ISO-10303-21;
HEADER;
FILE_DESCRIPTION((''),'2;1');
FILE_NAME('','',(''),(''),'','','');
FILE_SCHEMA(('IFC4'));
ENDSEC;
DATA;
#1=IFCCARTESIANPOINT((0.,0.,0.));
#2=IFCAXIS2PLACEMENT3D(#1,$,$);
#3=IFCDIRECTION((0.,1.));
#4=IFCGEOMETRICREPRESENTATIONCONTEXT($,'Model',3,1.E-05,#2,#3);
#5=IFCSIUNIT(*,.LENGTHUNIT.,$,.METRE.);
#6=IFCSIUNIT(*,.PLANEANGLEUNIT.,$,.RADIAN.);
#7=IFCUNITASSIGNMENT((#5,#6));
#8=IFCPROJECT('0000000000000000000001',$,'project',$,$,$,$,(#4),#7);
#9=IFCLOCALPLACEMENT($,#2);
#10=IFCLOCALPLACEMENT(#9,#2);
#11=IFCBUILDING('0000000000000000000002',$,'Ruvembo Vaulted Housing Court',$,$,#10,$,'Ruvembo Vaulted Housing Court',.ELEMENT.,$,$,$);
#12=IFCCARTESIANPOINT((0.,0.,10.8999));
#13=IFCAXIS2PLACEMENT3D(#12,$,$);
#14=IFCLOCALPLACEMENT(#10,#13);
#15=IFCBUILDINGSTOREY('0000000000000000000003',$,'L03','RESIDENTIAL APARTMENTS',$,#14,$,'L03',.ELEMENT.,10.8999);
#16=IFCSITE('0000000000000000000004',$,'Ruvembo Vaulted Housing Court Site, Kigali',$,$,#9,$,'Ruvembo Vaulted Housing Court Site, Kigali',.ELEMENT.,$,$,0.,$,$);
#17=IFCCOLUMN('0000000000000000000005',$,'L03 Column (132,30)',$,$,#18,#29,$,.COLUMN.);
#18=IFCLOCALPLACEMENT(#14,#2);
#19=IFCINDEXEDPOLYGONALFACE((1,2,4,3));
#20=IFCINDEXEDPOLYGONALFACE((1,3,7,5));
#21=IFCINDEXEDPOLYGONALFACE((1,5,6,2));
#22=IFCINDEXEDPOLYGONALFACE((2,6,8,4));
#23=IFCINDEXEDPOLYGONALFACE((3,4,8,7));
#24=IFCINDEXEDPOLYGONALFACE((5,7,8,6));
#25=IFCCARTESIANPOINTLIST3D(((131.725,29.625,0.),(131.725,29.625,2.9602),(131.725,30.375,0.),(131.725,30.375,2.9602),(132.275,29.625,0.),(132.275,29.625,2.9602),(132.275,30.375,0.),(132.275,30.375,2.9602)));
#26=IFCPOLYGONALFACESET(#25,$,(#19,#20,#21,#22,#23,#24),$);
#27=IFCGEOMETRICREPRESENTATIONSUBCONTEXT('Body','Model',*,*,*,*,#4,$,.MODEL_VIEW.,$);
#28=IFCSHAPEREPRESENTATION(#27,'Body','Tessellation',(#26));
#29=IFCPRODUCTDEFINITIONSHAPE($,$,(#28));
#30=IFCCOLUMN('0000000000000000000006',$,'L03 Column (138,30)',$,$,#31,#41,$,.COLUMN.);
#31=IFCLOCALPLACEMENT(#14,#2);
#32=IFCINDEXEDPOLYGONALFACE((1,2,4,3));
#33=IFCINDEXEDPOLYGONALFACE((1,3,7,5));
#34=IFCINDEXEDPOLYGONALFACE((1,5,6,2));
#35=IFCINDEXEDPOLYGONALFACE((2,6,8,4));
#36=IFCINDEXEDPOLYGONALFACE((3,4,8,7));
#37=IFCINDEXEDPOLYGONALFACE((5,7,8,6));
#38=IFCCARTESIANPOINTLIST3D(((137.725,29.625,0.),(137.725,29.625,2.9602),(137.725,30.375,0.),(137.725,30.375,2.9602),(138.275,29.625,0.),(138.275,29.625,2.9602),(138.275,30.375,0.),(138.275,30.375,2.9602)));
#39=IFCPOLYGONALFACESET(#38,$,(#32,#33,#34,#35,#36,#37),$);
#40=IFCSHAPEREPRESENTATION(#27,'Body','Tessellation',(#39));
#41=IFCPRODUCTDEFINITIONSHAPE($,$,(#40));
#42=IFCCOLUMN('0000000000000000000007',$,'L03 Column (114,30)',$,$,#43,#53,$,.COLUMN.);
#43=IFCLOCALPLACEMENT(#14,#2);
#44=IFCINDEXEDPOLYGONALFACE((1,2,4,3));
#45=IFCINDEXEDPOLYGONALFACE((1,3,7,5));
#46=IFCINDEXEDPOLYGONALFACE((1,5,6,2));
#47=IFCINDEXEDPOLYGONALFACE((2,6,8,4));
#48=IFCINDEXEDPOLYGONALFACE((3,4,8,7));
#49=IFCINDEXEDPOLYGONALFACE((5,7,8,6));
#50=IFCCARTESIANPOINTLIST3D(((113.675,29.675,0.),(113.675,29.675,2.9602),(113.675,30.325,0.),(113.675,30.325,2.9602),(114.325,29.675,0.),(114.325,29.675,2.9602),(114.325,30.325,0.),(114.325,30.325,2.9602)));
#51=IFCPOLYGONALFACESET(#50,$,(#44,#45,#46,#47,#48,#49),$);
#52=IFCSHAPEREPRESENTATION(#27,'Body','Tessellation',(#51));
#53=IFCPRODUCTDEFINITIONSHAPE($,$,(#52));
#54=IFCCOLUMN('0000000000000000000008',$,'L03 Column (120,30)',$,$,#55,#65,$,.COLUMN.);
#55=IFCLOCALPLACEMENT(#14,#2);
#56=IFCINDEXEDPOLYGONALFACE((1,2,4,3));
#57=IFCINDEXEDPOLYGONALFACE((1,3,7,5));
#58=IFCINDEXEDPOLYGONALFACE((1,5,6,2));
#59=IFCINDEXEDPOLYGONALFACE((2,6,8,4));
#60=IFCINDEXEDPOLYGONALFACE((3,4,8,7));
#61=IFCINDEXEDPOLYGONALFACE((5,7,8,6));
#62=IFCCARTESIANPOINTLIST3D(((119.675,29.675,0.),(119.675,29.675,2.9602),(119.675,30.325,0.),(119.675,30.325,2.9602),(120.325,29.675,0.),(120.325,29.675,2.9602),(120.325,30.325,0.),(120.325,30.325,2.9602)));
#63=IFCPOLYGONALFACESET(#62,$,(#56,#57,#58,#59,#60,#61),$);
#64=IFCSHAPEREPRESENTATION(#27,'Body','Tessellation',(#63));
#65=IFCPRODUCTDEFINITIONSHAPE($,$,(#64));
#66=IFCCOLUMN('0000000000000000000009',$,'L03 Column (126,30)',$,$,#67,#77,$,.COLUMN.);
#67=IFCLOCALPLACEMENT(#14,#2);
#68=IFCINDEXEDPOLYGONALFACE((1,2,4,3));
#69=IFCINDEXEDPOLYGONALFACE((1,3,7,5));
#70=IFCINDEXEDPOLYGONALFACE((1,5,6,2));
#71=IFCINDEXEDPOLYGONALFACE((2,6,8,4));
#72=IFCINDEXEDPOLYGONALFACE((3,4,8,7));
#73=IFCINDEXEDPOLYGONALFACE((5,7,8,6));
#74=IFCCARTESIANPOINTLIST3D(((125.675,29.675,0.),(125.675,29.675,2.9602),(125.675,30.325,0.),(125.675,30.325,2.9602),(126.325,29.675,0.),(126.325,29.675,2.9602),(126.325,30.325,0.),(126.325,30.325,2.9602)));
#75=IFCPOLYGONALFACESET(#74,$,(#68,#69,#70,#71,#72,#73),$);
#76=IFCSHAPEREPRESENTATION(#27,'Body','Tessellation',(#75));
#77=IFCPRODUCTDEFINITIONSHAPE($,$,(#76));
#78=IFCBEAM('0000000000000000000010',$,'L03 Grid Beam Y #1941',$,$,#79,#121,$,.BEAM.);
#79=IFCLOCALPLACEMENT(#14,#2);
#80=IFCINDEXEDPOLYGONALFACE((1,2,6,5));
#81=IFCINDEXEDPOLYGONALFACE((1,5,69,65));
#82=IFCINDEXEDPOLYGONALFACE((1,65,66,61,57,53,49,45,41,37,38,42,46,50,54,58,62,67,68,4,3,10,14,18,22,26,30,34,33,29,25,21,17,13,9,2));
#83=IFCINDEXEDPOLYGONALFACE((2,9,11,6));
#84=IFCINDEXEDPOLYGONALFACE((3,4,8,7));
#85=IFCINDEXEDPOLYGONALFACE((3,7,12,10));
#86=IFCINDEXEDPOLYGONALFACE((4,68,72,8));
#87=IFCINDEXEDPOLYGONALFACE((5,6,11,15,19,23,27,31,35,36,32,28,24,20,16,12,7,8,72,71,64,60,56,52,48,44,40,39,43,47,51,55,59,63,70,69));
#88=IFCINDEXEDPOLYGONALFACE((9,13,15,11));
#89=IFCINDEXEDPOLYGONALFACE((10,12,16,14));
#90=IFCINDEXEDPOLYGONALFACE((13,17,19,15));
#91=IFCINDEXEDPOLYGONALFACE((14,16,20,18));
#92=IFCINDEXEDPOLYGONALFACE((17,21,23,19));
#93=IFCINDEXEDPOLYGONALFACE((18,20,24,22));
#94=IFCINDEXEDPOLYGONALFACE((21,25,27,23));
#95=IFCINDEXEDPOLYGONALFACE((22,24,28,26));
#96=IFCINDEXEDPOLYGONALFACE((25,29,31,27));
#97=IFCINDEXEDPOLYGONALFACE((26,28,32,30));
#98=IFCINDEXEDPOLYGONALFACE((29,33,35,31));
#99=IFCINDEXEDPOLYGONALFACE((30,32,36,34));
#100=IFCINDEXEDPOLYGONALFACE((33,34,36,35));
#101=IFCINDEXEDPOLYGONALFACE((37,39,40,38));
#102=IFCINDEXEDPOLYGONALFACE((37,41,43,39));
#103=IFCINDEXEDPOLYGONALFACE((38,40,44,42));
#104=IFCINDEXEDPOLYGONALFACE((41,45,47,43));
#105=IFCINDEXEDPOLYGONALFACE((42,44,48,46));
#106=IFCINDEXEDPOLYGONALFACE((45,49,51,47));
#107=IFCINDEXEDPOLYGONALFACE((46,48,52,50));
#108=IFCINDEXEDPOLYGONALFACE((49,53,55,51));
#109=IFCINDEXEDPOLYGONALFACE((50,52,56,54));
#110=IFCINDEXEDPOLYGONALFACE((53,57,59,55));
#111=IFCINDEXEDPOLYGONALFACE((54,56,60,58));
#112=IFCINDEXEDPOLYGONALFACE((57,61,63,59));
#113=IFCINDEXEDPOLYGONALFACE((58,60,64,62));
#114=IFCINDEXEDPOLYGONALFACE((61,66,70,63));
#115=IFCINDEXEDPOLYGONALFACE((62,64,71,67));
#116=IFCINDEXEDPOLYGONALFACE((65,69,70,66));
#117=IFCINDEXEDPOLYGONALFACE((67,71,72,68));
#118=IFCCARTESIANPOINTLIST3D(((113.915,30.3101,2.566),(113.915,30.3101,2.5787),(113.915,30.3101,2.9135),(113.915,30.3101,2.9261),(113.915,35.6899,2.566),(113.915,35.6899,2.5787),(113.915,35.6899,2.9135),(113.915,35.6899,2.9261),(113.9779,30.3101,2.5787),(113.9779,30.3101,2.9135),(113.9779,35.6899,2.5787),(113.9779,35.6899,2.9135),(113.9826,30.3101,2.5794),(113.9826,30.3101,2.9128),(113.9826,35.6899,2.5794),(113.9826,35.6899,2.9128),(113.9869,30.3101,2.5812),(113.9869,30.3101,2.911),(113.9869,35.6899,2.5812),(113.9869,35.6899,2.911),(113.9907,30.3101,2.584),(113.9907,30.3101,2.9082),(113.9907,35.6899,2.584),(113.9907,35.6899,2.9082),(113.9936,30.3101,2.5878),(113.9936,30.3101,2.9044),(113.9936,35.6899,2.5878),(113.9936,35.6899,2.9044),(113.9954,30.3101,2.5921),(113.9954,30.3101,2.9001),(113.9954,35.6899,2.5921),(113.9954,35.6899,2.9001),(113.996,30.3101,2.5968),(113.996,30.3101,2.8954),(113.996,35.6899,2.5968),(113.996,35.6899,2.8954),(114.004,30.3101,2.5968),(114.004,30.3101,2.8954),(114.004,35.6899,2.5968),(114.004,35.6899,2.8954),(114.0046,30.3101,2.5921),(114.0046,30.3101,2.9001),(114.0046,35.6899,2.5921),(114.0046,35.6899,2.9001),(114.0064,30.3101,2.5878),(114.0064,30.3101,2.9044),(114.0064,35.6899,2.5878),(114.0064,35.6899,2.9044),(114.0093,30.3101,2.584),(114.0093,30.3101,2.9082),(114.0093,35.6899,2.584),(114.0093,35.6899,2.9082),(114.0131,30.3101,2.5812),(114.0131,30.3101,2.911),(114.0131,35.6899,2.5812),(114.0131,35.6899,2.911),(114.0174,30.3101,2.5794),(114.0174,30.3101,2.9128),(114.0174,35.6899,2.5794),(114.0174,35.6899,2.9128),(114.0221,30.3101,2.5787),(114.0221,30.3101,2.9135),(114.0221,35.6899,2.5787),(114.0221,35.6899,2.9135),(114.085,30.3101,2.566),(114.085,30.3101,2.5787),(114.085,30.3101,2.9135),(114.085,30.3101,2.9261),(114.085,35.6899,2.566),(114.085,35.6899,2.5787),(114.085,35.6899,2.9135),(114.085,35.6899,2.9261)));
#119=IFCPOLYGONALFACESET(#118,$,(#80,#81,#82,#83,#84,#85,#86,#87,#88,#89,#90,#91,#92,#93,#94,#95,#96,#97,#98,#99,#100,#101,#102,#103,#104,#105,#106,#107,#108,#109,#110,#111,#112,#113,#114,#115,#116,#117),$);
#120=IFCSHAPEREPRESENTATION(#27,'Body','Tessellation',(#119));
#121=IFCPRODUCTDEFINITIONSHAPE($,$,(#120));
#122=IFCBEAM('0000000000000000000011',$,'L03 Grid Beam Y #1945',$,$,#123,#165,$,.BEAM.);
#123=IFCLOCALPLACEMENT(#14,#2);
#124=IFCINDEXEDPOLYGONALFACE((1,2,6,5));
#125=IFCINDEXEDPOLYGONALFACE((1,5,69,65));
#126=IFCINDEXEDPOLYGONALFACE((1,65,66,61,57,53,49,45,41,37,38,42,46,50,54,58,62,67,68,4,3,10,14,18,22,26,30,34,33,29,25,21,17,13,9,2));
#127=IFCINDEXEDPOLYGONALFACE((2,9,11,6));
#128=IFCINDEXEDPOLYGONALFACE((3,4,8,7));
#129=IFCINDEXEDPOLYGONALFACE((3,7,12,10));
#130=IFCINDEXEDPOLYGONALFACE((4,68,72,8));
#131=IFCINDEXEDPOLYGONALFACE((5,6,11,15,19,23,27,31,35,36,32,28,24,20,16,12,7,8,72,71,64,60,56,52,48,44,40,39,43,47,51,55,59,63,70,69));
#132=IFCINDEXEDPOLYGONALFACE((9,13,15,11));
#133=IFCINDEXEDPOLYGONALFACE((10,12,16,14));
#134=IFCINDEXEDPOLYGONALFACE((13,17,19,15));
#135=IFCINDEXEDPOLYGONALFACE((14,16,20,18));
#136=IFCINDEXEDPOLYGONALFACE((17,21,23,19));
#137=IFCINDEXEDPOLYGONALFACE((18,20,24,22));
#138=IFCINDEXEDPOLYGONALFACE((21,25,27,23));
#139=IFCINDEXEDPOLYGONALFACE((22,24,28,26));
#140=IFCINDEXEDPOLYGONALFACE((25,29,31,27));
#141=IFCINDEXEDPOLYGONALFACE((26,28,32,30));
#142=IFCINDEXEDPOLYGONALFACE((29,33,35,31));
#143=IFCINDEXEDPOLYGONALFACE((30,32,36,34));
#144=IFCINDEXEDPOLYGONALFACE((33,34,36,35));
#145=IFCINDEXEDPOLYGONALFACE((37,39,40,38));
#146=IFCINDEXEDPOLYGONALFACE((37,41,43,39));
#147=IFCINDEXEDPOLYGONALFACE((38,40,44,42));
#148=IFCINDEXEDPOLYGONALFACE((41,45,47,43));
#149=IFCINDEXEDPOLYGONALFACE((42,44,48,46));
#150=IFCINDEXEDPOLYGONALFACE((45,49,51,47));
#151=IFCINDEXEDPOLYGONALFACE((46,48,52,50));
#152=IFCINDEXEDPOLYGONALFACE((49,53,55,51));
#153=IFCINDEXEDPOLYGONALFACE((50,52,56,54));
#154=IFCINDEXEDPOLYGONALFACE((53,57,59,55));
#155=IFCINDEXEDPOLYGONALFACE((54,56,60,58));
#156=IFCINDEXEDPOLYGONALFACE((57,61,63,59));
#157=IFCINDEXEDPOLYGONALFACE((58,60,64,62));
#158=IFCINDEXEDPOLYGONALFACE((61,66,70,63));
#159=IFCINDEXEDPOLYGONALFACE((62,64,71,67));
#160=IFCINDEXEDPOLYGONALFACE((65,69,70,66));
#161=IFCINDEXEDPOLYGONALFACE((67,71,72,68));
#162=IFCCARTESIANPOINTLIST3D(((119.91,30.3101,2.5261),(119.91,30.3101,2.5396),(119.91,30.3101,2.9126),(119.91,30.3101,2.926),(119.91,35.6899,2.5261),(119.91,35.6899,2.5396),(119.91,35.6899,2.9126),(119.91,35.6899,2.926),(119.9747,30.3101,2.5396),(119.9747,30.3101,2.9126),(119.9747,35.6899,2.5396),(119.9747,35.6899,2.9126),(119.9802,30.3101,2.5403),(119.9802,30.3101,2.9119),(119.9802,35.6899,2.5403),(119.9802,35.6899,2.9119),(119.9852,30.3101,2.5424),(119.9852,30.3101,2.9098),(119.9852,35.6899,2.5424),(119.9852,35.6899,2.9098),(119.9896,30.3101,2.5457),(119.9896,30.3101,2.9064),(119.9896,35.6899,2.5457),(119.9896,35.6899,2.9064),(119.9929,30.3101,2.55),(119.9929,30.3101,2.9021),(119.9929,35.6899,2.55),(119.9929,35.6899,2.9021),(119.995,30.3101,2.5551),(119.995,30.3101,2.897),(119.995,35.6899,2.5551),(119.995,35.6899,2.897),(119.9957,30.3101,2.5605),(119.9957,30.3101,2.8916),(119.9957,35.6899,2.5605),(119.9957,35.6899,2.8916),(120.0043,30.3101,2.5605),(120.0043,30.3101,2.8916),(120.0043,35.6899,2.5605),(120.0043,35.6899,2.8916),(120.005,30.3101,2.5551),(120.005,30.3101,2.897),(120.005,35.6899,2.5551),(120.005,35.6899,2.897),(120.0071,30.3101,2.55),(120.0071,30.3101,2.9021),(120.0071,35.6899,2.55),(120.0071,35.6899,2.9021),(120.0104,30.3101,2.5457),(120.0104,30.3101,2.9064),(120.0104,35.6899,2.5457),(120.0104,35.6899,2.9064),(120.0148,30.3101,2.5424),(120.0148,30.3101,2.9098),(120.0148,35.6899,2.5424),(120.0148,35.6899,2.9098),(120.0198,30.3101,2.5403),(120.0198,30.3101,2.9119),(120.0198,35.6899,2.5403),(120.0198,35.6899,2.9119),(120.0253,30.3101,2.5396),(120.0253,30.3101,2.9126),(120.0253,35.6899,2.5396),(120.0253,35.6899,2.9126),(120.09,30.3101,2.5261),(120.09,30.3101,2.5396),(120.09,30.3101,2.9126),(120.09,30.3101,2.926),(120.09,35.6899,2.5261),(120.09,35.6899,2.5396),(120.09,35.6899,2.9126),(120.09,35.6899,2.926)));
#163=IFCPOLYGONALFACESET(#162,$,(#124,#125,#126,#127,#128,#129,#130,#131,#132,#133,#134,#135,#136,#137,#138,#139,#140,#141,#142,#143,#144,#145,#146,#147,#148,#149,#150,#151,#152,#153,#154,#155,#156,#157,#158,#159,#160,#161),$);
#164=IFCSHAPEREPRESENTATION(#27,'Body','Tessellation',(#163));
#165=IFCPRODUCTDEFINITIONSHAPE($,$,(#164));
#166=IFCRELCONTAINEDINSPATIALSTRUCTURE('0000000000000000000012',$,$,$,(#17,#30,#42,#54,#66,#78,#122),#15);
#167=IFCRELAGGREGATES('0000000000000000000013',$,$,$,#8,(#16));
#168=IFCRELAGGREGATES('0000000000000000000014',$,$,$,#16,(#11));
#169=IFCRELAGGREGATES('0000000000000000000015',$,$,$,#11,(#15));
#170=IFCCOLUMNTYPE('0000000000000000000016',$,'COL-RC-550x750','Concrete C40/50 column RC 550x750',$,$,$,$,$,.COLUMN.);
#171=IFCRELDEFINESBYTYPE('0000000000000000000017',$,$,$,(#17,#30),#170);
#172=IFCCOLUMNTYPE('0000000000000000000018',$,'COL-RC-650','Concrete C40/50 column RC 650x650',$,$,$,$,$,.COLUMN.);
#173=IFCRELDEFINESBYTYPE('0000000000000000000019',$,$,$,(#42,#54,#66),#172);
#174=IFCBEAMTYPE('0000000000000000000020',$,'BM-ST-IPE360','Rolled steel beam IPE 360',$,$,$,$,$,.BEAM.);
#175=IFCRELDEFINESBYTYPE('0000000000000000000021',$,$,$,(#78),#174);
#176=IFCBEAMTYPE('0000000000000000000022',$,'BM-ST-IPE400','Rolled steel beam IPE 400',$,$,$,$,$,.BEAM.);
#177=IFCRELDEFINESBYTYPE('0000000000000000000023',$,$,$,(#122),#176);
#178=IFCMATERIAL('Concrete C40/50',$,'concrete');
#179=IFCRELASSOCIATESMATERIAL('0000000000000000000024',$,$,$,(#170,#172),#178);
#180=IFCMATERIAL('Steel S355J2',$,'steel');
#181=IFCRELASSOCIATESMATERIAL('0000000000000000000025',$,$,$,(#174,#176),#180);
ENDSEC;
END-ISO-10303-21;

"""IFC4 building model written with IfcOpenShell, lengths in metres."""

from ifc_helpers import new_model, si_unit, direction, frame, origin, origin_2d, place, context, subcontext, project, spatial, rectangle, i_section, extrude, material, material_profile, profile_set, type_object, element, save


model = new_model("IFC4")

# Units and contexts
model_context = context("Model", 3, precision=1e-05, world=origin(), true_north=direction((0.0, 1.0)))
body_context = subcontext(model_context, "Body", "Model", "MODEL_VIEW")
ifc_project = project(units=[si_unit("LENGTHUNIT", "METRE"), si_unit("PLANEANGLEUNIT", "RADIAN")], contexts=[model_context])

# Site, building, storey
site_placement = place(None, origin())
site = spatial("IfcSite", under=ifc_project, at=site_placement, Name="Ruvembo Vaulted Housing Court Site, Kigali", LongName="Ruvembo Vaulted Housing Court Site, Kigali", CompositionType="ELEMENT", RefElevation=0.0)
building_placement = place(site_placement, origin())
building = spatial("IfcBuilding", under=site, at=building_placement, Name="Ruvembo Vaulted Housing Court", LongName="Ruvembo Vaulted Housing Court", CompositionType="ELEMENT")
storey_placement = place(building_placement, frame((0.0, 0.0, 10.8999)))
storey = spatial("IfcBuildingStorey", under=building, at=storey_placement, Name="L03", Description="RESIDENTIAL APARTMENTS", LongName="L03", CompositionType="ELEMENT", Elevation=10.8999)

# Columns
ifc_material_1 = material(Name="Concrete C40/50", Category="concrete")
ifc_material_profile_1 = material_profile(ifc_material_1, rectangle(XDim=0.55, YDim=0.75, at=origin_2d()), Name="RC 550x750")
ifc_profile_set_1 = profile_set([ifc_material_profile_1], Name="Concrete C40/50")
column_type_1 = type_object("IfcColumnType", Name="COL-RC-550x750", Description="Concrete C40/50 column RC 550x750", PredefinedType="COLUMN", material=ifc_profile_set_1)
for number, where, z_axis, x_axis, name in (
    (1, (132.0, 30.0, 0.0), (0.0, 0.0, 1.0), (1.0, 0.0, 0.0), "L03 Column (132,30)"),
    (2, (138.0, 30.0, 0.0), (0.0, 0.0, 1.0), (1.0, 0.0, 0.0), "L03 Column (138,30)"),
):
    element("IfcColumn", number, at=place(storey_placement, frame(where, z_axis=z_axis, x_axis=x_axis)), inside=storey, type_object=column_type_1, Name=name, PredefinedType="COLUMN", context=body_context, shape_type="SweptSolid", body=[
        extrude(rectangle(XDim=0.55, YDim=0.75, at=origin_2d()), origin(), (0.0, 0.0, 1.0), 2.9602),
    ])
ifc_material_profile_2 = material_profile(ifc_material_1, rectangle(XDim=0.6499, YDim=0.6499, at=origin_2d()), Name="RC 650x650")
ifc_profile_set_2 = profile_set([ifc_material_profile_2], Name="Concrete C40/50")
column_type_2 = type_object("IfcColumnType", Name="COL-RC-650", Description="Concrete C40/50 column RC 650x650", PredefinedType="COLUMN", material=ifc_profile_set_2)
for number, where, z_axis, x_axis, name in (
    (3, (114.0, 30.0, 0.0), (0.0, 0.0, 1.0), (1.0, 0.0, 0.0), "L03 Column (114,30)"),
    (4, (120.0, 30.0, 0.0), (0.0, 0.0, 1.0), (1.0, 0.0, 0.0), "L03 Column (120,30)"),
    (5, (126.0, 30.0, 0.0), (0.0, 0.0, 1.0), (1.0, 0.0, 0.0), "L03 Column (126,30)"),
):
    element("IfcColumn", number, at=place(storey_placement, frame(where, z_axis=z_axis, x_axis=x_axis)), inside=storey, type_object=column_type_2, Name=name, PredefinedType="COLUMN", context=body_context, shape_type="SweptSolid", body=[
        extrude(rectangle(XDim=0.6499, YDim=0.6499, at=origin_2d()), origin(), (0.0, 0.0, 1.0), 2.9602),
    ])

# Beams
ifc_material_2 = material(Name="Steel S355J2", Category="steel")
ifc_material_profile_3 = material_profile(ifc_material_2, i_section(OverallWidth=0.1699, OverallDepth=0.3601, WebThickness=0.0081, FlangeThickness=0.0127, FilletRadius=0.0181, at=origin_2d()), Name="IPE 360")
ifc_profile_set_3 = profile_set([ifc_material_profile_3], Name="Steel S355J2")
beam_type_1 = type_object("IfcBeamType", Name="BM-ST-IPE360", Description="Rolled steel beam IPE 360", PredefinedType="BEAM", material=ifc_profile_set_3)
beam_1_placement = place(storey_placement, frame((114.0, 30.3101, 2.7461), z_axis=(0.0, 1.0, 0.0), x_axis=(-1.0, 0.0, 0.0)))
element("IfcBeam", 6, at=beam_1_placement, inside=storey, type_object=beam_type_1, Name="L03 Grid Beam Y #1941", PredefinedType="BEAM", context=body_context, shape_type="SweptSolid", body=[
    extrude(i_section(OverallWidth=0.1699, OverallDepth=0.3601, WebThickness=0.0081, FlangeThickness=0.0127, FilletRadius=0.0181, at=origin_2d()), origin(), (0.0, 0.0, 1.0), 5.3799),
])
ifc_material_profile_4 = material_profile(ifc_material_2, i_section(OverallWidth=0.1799, OverallDepth=0.3999, WebThickness=0.0085, FlangeThickness=0.0134, FilletRadius=0.021, at=origin_2d()), Name="IPE 400")
ifc_profile_set_4 = profile_set([ifc_material_profile_4], Name="Steel S355J2")
beam_type_2 = type_object("IfcBeamType", Name="BM-ST-IPE400", Description="Rolled steel beam IPE 400", PredefinedType="BEAM", material=ifc_profile_set_4)
beam_2_placement = place(storey_placement, frame((120.0, 30.3101, 2.7261), z_axis=(0.0, 1.0, 0.0), x_axis=(-1.0, 0.0, 0.0)))
element("IfcBeam", 7, at=beam_2_placement, inside=storey, type_object=beam_type_2, Name="L03 Grid Beam Y #1945", PredefinedType="BEAM", context=body_context, shape_type="SweptSolid", body=[
    extrude(i_section(OverallWidth=0.1799, OverallDepth=0.3999, WebThickness=0.0085, FlangeThickness=0.0134, FilletRadius=0.021, at=origin_2d()), origin(), (0.0, 0.0, 1.0), 5.3799),
])

save(model, "model.ifc")
